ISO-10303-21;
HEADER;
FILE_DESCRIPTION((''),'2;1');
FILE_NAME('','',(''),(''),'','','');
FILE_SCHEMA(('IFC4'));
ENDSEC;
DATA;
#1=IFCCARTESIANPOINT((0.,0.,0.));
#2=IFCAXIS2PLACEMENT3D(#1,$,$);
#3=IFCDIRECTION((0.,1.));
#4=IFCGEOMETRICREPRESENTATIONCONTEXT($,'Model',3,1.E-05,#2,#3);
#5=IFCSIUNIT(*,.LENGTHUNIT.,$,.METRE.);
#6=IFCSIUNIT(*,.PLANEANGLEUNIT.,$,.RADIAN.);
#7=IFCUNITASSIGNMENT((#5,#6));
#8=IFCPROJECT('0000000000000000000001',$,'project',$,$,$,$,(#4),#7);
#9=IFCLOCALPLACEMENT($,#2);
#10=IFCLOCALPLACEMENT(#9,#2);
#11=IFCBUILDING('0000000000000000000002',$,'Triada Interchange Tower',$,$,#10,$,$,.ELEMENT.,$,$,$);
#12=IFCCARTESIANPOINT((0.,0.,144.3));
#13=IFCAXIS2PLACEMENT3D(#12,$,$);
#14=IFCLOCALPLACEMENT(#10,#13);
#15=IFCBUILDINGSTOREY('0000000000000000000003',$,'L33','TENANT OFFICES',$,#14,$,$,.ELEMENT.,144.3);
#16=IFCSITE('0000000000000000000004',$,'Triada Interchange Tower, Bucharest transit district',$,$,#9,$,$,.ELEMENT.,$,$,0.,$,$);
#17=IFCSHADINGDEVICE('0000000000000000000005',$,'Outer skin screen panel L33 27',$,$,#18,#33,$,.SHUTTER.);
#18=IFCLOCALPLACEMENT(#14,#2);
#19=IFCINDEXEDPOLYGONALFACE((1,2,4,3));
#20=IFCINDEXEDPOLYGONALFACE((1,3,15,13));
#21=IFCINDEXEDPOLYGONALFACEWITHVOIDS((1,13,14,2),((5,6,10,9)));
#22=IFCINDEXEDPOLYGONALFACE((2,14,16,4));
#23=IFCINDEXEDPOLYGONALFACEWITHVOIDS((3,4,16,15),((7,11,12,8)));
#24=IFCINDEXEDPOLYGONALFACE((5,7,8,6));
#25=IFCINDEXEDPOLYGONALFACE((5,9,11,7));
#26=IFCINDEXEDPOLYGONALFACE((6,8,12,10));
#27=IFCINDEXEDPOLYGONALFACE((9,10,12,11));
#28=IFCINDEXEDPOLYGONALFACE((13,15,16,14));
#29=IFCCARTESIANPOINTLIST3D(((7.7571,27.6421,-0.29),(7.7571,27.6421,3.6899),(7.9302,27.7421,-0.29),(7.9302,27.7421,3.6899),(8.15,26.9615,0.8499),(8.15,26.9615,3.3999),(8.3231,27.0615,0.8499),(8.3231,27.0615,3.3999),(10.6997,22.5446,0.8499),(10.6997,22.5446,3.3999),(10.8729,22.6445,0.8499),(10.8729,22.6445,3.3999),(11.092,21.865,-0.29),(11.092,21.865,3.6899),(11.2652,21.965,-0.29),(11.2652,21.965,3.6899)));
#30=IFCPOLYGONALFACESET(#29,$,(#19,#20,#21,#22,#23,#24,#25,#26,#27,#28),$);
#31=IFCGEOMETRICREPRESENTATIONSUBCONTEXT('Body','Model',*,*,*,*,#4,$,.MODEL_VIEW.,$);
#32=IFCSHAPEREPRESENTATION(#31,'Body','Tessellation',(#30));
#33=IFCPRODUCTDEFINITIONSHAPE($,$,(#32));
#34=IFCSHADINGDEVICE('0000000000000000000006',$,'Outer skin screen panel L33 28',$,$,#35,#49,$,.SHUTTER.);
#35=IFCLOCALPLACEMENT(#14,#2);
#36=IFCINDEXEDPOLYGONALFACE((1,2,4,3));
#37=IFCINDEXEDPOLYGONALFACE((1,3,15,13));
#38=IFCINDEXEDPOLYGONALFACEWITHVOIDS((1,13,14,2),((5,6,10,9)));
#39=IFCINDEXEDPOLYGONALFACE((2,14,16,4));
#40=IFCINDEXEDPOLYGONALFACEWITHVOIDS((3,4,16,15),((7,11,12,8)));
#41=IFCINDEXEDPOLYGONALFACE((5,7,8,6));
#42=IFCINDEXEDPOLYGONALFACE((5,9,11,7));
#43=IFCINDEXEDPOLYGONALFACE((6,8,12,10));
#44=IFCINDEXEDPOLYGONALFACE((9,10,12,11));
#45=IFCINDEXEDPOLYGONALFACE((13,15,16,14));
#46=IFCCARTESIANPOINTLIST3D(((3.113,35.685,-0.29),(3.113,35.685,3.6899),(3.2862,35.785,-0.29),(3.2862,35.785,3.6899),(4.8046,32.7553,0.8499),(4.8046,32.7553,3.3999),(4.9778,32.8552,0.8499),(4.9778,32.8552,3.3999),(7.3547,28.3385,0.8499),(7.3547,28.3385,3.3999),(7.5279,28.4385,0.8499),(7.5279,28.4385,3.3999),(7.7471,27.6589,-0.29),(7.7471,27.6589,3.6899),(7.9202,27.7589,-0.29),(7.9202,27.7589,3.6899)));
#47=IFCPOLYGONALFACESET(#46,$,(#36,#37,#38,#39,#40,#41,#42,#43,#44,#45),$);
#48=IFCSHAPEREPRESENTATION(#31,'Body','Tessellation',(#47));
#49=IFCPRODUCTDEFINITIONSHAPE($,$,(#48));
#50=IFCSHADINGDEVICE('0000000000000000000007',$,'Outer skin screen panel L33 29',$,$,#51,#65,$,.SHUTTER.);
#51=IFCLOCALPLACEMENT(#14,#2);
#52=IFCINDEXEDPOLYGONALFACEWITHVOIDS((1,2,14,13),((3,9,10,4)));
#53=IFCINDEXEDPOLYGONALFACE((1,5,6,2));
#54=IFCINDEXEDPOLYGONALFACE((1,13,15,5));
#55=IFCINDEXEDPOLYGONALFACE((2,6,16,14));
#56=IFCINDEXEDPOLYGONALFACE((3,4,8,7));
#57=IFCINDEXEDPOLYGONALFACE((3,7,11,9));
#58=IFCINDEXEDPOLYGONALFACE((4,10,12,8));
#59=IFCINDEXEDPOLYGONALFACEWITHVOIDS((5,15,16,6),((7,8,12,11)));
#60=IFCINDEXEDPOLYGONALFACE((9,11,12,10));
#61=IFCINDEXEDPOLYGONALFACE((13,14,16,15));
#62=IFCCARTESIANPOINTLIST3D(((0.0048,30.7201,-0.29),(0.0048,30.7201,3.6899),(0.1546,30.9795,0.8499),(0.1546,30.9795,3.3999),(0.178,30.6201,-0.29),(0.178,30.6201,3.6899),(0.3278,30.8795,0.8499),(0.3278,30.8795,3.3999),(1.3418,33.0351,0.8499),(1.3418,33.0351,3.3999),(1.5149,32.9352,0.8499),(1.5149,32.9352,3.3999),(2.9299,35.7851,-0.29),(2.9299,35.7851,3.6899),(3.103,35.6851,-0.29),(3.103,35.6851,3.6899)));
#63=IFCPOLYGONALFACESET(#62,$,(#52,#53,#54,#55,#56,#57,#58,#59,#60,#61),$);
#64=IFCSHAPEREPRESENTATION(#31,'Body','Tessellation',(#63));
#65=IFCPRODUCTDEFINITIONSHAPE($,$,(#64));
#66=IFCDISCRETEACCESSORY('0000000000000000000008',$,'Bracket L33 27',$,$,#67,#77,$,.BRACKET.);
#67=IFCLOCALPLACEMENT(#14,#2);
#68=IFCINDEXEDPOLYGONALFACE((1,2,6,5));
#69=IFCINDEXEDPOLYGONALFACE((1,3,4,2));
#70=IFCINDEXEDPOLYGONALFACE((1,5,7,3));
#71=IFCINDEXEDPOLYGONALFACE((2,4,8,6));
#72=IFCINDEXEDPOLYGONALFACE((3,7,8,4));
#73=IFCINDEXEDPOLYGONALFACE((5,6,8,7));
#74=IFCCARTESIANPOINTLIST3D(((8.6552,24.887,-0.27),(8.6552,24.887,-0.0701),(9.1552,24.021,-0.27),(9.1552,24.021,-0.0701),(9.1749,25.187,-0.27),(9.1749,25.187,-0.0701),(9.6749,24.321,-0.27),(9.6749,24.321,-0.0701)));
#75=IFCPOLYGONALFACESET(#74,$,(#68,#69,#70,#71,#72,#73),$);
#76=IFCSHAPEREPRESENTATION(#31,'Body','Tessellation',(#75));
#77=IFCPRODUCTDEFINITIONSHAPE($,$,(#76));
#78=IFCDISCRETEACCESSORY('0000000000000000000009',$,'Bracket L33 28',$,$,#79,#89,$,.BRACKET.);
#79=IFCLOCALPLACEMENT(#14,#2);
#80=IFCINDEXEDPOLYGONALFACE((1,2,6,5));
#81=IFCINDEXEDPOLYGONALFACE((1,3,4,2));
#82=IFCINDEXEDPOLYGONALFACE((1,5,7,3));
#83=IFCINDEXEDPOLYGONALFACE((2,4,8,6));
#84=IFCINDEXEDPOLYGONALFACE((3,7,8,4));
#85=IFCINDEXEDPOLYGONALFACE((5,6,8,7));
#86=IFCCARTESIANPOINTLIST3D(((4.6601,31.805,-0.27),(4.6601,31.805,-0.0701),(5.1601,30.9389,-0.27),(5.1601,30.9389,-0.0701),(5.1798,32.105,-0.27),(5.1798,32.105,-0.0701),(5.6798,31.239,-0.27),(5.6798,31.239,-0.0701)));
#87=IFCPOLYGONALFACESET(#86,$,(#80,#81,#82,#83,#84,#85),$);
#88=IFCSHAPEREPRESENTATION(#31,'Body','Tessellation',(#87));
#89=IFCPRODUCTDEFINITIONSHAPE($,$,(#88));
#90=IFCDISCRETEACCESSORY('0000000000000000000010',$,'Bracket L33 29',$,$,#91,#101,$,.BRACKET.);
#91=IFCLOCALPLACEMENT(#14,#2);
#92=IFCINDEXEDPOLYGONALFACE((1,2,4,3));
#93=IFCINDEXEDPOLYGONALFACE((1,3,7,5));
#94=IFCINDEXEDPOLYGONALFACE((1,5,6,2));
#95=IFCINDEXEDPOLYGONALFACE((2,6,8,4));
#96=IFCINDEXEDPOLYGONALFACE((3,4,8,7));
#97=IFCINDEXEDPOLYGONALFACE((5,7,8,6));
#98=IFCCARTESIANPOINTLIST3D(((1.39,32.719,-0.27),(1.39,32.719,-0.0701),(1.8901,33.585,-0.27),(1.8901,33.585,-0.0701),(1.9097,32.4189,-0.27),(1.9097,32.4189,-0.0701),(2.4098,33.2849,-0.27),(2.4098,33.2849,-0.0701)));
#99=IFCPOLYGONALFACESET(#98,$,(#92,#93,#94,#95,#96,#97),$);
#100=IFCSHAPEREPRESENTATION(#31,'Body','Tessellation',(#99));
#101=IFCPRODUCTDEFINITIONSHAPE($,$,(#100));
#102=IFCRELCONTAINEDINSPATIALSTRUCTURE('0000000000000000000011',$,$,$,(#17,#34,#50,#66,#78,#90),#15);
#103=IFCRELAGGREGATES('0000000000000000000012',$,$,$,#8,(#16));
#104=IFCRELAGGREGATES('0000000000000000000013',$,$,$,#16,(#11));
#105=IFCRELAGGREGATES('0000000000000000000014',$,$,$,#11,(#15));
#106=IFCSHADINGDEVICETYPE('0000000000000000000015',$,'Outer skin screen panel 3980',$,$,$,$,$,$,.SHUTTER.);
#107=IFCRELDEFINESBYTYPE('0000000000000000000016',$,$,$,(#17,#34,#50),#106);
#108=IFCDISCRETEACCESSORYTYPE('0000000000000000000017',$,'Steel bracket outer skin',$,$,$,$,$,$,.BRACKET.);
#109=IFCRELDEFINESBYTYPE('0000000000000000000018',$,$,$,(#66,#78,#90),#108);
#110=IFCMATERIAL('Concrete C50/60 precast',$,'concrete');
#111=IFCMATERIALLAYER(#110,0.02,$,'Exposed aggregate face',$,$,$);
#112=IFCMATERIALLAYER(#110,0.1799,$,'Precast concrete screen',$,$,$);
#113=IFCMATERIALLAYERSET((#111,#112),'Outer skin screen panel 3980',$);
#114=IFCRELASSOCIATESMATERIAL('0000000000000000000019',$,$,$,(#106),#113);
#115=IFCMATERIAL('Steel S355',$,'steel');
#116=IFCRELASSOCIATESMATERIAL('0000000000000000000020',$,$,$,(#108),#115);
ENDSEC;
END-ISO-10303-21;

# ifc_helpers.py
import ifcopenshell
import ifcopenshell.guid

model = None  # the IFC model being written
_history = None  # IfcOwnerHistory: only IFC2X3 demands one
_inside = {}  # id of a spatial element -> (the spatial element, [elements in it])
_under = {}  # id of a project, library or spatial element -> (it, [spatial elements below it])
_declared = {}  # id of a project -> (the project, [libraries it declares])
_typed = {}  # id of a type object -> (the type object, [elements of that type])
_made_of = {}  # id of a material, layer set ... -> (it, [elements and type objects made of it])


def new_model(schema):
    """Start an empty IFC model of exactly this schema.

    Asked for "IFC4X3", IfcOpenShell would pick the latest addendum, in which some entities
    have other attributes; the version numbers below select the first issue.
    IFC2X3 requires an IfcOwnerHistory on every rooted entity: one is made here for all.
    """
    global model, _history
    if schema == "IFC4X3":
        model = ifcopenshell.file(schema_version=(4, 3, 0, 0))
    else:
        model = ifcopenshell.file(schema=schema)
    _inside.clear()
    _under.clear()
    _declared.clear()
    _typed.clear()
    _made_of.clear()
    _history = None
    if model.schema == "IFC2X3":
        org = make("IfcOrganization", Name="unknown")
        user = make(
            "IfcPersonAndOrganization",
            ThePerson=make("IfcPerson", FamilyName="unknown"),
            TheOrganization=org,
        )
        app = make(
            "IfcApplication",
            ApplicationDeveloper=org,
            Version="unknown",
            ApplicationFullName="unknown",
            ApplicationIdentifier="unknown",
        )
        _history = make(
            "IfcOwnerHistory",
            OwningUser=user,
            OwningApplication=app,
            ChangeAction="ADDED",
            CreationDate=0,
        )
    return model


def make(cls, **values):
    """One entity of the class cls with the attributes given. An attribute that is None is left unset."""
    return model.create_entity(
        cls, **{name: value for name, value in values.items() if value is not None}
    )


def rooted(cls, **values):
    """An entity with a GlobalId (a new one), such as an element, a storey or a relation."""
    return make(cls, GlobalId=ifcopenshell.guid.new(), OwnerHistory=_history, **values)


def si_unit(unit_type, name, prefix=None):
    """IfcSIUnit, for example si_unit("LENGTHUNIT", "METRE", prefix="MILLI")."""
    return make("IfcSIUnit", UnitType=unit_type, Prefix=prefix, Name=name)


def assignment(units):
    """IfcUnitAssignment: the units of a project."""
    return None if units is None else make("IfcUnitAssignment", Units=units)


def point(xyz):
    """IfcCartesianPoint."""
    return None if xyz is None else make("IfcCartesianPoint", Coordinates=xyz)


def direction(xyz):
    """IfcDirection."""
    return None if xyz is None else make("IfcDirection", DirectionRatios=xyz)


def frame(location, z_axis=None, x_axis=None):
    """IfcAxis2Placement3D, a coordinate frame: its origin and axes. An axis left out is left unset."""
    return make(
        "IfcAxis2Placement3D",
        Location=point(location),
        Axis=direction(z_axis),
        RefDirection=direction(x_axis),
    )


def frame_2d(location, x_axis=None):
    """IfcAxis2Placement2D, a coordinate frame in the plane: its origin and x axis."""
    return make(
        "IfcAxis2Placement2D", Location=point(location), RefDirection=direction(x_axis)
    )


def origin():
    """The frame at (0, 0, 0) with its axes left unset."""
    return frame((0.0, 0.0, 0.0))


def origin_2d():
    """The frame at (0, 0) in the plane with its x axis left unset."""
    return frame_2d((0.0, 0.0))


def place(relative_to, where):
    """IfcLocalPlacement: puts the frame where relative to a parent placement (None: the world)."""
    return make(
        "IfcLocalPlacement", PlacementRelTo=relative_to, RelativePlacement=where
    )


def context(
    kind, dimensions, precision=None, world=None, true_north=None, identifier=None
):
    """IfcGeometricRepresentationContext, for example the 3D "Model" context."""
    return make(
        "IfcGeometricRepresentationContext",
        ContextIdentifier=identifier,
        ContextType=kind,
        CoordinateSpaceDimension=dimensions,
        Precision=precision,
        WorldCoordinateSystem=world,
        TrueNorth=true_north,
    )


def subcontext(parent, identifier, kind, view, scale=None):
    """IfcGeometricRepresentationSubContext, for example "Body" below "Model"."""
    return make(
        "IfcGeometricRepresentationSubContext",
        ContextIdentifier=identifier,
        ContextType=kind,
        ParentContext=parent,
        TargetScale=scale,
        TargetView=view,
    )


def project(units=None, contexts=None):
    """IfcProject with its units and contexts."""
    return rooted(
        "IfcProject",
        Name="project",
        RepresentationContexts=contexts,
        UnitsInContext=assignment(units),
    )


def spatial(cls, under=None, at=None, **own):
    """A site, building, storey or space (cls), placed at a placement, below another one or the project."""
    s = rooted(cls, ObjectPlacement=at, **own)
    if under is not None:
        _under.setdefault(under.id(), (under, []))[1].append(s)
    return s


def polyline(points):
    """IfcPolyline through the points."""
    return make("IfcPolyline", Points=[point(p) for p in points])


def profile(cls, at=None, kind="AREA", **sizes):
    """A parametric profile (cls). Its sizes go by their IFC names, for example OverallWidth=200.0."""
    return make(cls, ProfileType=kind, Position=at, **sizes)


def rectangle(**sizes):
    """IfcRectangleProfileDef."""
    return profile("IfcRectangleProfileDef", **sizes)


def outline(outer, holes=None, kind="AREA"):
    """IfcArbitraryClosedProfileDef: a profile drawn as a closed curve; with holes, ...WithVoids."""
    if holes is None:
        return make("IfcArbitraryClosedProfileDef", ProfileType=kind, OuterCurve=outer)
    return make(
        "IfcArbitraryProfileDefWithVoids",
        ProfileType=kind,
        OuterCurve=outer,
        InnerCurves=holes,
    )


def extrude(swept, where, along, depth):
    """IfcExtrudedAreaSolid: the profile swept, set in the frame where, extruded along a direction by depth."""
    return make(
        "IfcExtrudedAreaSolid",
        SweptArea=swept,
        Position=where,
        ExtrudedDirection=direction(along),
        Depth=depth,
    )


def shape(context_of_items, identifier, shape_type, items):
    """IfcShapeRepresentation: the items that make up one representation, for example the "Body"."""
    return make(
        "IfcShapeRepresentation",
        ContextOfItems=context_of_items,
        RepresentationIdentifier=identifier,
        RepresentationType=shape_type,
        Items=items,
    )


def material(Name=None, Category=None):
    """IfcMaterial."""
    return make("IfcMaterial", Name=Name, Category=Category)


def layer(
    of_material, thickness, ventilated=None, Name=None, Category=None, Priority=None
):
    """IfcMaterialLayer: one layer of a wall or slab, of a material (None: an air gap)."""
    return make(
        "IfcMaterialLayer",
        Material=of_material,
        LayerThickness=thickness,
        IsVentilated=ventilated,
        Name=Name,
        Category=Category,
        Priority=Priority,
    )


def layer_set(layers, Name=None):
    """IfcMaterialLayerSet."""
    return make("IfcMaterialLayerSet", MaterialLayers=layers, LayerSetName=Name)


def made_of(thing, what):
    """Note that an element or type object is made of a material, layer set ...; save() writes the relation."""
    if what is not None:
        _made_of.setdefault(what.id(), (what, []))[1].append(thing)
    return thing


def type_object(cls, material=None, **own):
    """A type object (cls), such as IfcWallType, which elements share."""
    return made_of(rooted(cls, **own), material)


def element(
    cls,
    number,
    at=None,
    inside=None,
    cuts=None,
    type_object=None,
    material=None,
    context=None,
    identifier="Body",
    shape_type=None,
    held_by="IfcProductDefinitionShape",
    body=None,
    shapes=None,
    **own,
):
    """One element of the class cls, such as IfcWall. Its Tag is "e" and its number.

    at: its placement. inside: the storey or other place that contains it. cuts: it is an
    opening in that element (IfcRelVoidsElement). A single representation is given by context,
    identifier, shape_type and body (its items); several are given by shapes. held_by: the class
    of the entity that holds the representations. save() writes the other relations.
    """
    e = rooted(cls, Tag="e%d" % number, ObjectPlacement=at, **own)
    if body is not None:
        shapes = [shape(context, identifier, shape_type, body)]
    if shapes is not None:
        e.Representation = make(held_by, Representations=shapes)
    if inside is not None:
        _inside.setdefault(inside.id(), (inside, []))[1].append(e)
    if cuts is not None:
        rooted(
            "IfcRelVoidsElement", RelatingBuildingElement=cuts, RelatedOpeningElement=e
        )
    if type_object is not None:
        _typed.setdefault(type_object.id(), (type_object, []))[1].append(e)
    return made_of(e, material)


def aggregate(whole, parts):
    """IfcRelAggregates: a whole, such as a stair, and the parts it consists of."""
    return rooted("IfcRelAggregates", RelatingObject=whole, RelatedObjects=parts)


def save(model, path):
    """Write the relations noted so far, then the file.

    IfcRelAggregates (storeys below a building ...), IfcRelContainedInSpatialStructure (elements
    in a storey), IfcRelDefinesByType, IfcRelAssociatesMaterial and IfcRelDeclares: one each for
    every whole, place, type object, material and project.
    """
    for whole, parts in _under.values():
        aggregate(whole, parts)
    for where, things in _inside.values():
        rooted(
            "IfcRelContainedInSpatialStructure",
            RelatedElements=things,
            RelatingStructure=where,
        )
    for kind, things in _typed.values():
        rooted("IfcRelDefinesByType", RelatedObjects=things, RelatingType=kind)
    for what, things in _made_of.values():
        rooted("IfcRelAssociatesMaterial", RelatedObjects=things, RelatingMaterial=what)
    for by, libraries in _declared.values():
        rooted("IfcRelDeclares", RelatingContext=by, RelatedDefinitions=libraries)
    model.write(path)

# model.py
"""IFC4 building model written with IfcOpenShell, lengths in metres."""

from ifc_helpers import new_model, si_unit, direction, frame, origin, origin_2d, place, context, subcontext, project, spatial, polyline, rectangle, outline, extrude, material, layer, layer_set, type_object, element, save


model = new_model("IFC4")

# Units and contexts
model_context = context("Model", 3, precision=1e-05, world=origin(), true_north=direction((0.0, 1.0)))
body_context = subcontext(model_context, "Body", "Model", "MODEL_VIEW")
ifc_project = project(units=[si_unit("LENGTHUNIT", "METRE"), si_unit("PLANEANGLEUNIT", "RADIAN")], contexts=[model_context])

# Site, building, storey
site_placement = place(None, origin())
site = spatial("IfcSite", under=ifc_project, at=site_placement, Name="Triada Interchange Tower, Bucharest transit district", CompositionType="ELEMENT", RefElevation=0.0)
building_placement = place(site_placement, origin())
building = spatial("IfcBuilding", under=site, at=building_placement, Name="Triada Interchange Tower", CompositionType="ELEMENT")
storey_placement = place(building_placement, frame((0.0, 0.0, 144.3)))
storey = spatial("IfcBuildingStorey", under=building, at=storey_placement, Name="L33", Description="TENANT OFFICES", CompositionType="ELEMENT", Elevation=144.3)

# Shading devices
ifc_material_1 = material(Name="Concrete C50/60 precast", Category="concrete")
ifc_layer_1 = layer(ifc_material_1, 0.02, Name="Exposed aggregate face")
ifc_layer_2 = layer(ifc_material_1, 0.1799, Name="Precast concrete screen")
ifc_layer_set_1 = layer_set([ifc_layer_1, ifc_layer_2], Name="Outer skin screen panel 3980")
shading_device_type = type_object("IfcShadingDeviceType", Name="Outer skin screen panel 3980", PredefinedType="SHUTTER", material=ifc_layer_set_1)
shading_device_1_placement = place(storey_placement, frame((11.092, 21.865, -0.29), z_axis=(0.0, 0.0, 1.0), x_axis=(-0.49995, 0.866055, 0.0)))
element("IfcShadingDevice", 1, at=shading_device_1_placement, inside=storey, type_object=shading_device_type, Name="Outer skin screen panel L33 27", PredefinedType="SHUTTER", context=body_context, shape_type="SweptSolid", body=[
    extrude(outline(polyline([(0.0, 0.0), (6.6707, 0.0), (6.6707, 3.98), (0.0, 3.98), (0.0, 0.0)]), holes=[polyline([(0.7847, 1.1399), (0.7847, 3.6899), (5.8848, 3.6899), (5.8848, 1.1399), (0.7847, 1.1399)])]), frame((0.0, 0.0, 0.0), z_axis=(0.0, -1.0, 0.0), x_axis=(1.0, 0.0, 0.0)), (0.0, 0.0, 1.0), 0.2),
])
shading_device_2_placement = place(storey_placement, frame((7.7471, 27.6589, -0.29), z_axis=(0.0, 0.0, 1.0), x_axis=(-0.500012, 0.866018, 0.0)))
element("IfcShadingDevice", 2, at=shading_device_2_placement, inside=storey, type_object=shading_device_type, Name="Outer skin screen panel L33 28", PredefinedType="SHUTTER", context=body_context, shape_type="SweptSolid", body=[
    extrude(outline(polyline([(0.0, 0.0), (9.2678, 0.0), (9.2678, 3.98), (0.0, 3.98), (0.0, 0.0)]), holes=[polyline([(0.7847, 1.1399), (0.7847, 3.6899), (5.8848, 3.6899), (5.8848, 1.1399), (0.7847, 1.1399)])]), frame((0.0, 0.0, 0.0), z_axis=(0.0, -1.0, 0.0), x_axis=(1.0, 0.0, 0.0)), (0.0, 0.0, 1.0), 0.2),
])
shading_device_3_placement = place(storey_placement, frame((3.103, 35.6851, -0.29), z_axis=(0.0, 0.0, 1.0), x_axis=(-0.500103, -0.865966, 0.0)))
element("IfcShadingDevice", 3, at=shading_device_3_placement, inside=storey, type_object=shading_device_type, Name="Outer skin screen panel L33 29", PredefinedType="SHUTTER", context=body_context, shape_type="SweptSolid", body=[
    extrude(outline(polyline([(0.0, 0.0), (5.8489, 0.0), (5.8489, 3.98), (0.0, 3.98), (0.0, 0.0)]), holes=[polyline([(3.1755, 1.1399), (3.1755, 3.6899), (5.5493, 3.6899), (5.5493, 1.1399), (3.1755, 1.1399)])]), frame((0.0, 0.0, 0.0), z_axis=(0.0, -1.0, 0.0), x_axis=(1.0, 0.0, 0.0)), (0.0, 0.0, 1.0), 0.2),
])

# Discrete accessories
ifc_material_2 = material(Name="Steel S355", Category="steel")
discrete_accessory_type = type_object("IfcDiscreteAccessoryType", Name="Steel bracket outer skin", PredefinedType="BRACKET", material=ifc_material_2)
for number, where, z_axis, x_axis, name in (
    (4, (9.165, 24.604, -0.27), (0.0, 0.0, 1.0), (0.866021, 0.500007, 0.0), "Bracket L33 27"),
    (5, (5.1699, 31.522, -0.27), (0.0, 0.0, 1.0), (0.866021, 0.500007, 0.0), "Bracket L33 28"),
    (6, (1.8999, 33.002, -0.27), (0.0, 0.0, 1.0), (-0.866017, 0.500015, 0.0), "Bracket L33 29"),
):
    element("IfcDiscreteAccessory", number, at=place(storey_placement, frame(where, z_axis=z_axis, x_axis=x_axis)), inside=storey, type_object=discrete_accessory_type, Name=name, PredefinedType="BRACKET", context=body_context, shape_type="SweptSolid", body=[
        extrude(rectangle(XDim=0.6001, YDim=1.0, at=origin_2d()), origin(), (0.0, 0.0, 1.0), 0.2),
    ])

save(model, "model.ifc")
